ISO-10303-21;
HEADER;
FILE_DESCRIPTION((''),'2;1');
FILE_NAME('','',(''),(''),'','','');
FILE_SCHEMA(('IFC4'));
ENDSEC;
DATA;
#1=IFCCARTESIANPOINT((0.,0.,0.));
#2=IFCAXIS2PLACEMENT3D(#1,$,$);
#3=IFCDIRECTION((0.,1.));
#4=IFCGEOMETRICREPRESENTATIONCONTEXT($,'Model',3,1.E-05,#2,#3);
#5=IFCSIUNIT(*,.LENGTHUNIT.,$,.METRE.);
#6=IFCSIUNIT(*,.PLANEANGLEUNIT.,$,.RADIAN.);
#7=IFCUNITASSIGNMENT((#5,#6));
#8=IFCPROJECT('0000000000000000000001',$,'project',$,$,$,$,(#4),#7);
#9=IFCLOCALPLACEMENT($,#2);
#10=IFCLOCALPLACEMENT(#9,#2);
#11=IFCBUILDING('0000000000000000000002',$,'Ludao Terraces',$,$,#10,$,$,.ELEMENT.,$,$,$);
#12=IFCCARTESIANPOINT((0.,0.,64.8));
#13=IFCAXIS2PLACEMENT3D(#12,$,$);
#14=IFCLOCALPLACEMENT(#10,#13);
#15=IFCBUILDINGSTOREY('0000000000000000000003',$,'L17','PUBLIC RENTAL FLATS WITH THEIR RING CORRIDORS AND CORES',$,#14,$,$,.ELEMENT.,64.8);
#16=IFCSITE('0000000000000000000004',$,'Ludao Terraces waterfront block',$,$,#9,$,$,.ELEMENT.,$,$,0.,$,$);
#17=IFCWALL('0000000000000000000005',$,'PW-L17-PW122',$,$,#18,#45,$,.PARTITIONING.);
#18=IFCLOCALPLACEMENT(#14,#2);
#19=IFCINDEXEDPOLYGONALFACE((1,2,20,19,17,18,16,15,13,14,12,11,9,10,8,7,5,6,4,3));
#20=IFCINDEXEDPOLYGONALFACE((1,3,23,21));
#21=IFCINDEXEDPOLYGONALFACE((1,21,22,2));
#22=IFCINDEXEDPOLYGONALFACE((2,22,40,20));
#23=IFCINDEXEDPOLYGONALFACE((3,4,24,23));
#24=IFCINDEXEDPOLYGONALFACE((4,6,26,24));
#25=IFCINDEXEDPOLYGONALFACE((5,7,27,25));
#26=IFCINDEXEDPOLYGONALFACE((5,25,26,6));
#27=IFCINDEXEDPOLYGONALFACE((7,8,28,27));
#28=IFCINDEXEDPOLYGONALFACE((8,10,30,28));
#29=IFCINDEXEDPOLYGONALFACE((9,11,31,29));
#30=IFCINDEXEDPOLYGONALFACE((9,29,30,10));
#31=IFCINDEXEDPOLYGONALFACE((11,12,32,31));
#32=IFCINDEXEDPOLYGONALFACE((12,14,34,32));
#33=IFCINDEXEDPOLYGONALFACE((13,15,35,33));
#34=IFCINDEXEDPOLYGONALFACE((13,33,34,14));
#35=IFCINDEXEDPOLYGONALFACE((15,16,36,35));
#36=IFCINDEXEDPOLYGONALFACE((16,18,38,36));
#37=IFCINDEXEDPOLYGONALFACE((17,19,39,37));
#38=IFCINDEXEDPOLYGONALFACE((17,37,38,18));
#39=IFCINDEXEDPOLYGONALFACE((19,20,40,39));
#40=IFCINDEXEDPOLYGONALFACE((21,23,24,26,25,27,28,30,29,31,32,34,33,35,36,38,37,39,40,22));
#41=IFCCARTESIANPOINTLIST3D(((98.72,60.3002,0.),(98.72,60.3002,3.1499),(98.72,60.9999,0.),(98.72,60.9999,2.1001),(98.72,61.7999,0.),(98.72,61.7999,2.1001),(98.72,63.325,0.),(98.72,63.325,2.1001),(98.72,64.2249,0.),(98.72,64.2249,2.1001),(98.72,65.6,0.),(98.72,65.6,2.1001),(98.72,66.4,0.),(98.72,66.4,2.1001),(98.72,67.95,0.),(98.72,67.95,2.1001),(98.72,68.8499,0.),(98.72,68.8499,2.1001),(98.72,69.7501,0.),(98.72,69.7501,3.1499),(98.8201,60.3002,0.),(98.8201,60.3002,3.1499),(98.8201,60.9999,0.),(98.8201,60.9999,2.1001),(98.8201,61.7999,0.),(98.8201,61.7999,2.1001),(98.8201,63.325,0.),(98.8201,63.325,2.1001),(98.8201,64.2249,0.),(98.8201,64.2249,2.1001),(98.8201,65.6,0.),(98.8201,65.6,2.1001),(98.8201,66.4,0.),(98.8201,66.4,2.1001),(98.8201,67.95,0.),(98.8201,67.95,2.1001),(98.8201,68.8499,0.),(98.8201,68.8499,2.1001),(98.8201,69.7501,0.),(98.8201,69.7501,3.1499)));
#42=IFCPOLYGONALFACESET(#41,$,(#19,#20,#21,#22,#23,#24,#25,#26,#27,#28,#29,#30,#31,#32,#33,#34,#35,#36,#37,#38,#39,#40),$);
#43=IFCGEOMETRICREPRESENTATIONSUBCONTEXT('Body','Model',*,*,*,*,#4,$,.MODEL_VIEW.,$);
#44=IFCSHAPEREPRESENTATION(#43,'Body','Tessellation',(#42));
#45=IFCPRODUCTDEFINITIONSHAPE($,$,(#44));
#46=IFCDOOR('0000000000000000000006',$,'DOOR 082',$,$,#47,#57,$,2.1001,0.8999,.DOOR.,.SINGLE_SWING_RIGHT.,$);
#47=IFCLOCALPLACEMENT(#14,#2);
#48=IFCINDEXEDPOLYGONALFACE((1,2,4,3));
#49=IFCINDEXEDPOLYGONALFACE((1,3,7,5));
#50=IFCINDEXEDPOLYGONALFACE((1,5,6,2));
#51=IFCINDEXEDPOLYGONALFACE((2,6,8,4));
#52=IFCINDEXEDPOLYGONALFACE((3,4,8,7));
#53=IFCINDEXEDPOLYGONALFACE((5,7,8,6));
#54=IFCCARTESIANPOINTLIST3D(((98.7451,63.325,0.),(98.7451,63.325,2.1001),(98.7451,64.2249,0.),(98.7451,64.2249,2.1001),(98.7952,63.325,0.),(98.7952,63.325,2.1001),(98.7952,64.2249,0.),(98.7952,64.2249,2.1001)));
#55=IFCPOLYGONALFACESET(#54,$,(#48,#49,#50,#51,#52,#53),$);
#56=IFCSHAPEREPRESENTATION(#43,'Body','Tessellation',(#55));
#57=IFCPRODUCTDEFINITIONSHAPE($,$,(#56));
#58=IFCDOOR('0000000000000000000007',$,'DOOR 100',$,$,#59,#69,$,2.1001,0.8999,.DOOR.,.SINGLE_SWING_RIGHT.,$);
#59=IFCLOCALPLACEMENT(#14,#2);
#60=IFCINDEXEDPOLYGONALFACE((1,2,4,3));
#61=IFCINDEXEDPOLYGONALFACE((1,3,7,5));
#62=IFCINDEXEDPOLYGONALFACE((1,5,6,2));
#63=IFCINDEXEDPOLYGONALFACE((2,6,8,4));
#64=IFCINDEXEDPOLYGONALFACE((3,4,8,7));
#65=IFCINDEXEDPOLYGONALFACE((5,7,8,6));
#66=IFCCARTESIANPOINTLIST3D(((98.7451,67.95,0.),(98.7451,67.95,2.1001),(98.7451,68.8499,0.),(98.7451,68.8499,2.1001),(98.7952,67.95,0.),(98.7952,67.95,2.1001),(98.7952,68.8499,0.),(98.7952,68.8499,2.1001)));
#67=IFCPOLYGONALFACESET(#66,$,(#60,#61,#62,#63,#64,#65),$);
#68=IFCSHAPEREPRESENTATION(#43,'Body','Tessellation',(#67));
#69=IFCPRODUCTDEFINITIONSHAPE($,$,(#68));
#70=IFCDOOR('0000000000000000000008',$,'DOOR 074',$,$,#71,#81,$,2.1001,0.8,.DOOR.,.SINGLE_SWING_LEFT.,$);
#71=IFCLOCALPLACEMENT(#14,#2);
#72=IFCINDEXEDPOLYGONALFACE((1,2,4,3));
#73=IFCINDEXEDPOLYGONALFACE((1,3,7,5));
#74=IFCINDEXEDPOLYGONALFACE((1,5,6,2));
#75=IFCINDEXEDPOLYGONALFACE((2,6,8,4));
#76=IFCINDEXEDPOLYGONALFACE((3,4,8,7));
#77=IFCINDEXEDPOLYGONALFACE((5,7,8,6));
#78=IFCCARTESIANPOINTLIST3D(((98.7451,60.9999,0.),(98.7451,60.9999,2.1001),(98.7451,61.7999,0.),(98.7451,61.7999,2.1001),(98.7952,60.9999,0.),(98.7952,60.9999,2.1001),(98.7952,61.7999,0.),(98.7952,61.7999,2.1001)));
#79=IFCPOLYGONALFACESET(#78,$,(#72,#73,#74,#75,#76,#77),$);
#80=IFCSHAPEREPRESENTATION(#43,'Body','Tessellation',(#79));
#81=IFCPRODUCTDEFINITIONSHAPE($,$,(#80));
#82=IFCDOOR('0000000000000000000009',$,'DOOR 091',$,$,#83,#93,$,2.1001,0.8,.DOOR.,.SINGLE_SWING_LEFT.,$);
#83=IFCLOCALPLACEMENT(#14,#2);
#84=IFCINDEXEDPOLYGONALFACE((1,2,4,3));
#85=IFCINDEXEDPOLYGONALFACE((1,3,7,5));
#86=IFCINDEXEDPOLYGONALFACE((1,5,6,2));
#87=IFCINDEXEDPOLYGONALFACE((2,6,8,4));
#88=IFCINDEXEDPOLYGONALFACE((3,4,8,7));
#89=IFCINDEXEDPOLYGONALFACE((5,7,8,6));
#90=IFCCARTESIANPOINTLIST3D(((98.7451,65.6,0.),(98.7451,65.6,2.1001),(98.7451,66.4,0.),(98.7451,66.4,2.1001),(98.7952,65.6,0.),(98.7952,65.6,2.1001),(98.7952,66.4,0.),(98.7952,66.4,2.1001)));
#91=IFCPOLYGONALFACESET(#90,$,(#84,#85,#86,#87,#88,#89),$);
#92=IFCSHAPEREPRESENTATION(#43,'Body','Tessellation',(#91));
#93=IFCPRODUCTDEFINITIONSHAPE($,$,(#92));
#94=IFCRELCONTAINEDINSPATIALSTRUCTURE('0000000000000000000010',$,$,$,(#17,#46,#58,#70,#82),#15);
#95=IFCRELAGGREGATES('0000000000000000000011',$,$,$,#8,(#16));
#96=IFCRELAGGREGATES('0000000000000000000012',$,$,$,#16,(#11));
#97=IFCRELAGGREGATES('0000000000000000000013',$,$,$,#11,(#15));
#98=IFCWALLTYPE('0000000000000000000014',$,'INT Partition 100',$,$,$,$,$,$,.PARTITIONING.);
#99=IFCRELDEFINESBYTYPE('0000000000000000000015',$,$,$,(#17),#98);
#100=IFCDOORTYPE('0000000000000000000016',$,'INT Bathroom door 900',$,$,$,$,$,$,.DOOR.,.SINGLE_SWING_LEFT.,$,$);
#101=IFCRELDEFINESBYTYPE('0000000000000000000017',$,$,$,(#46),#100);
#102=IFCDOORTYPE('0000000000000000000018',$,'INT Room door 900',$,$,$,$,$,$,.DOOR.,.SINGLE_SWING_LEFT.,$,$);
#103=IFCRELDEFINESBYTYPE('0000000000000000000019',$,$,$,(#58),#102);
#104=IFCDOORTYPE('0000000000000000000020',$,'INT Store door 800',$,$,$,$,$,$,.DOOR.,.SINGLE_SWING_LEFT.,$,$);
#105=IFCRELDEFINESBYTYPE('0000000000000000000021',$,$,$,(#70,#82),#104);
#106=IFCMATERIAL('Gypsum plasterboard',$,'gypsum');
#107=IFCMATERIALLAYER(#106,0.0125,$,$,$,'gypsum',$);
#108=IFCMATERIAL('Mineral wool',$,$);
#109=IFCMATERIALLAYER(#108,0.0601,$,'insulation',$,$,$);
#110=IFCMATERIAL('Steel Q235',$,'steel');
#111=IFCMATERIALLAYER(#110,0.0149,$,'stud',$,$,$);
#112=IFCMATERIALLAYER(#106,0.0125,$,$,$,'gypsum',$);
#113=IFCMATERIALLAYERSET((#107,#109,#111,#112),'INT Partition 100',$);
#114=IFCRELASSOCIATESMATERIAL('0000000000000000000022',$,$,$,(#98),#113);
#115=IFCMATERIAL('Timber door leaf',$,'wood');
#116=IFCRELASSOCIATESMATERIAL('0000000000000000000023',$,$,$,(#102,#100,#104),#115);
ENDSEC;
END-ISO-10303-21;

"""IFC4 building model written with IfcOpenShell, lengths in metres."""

from ifc_helpers import new_model, si_unit, direction, frame, frame_2d, origin, place, context, subcontext, project, spatial, rectangle, extrude, material, layer, layer_set, type_object, element, fill, save


model = new_model("IFC4")

# Units and contexts
model_context = context("Model", 3, precision=1e-05, world=origin(), true_north=direction((0.0, 1.0)))
body_context = subcontext(model_context, "Body", "Model", "MODEL_VIEW")
ifc_project = project(units=[si_unit("LENGTHUNIT", "METRE"), si_unit("PLANEANGLEUNIT", "RADIAN")], contexts=[model_context])

# Site, building, storey
site_placement = place(None, origin())
site = spatial("IfcSite", under=ifc_project, at=site_placement, Name="Ludao Terraces waterfront block", CompositionType="ELEMENT", RefElevation=0.0)
building_placement = place(site_placement, origin())
building = spatial("IfcBuilding", under=site, at=building_placement, Name="Ludao Terraces", CompositionType="ELEMENT")
storey_placement = place(building_placement, frame((0.0, 0.0, 64.8)))
storey = spatial("IfcBuildingStorey", under=building, at=storey_placement, Name="L17", Description="PUBLIC RENTAL FLATS WITH THEIR RING CORRIDORS AND CORES", CompositionType="ELEMENT", Elevation=64.8)

# Shared definitions
ifc_material_1 = material(Name="Steel Q235", Category="steel")

# Shared definitions
ifc_material_2 = material(Name="Gypsum plasterboard", Category="gypsum")
ifc_layer_1 = layer(ifc_material_2, 0.0125, Category="gypsum")
ifc_material_3 = material(Name="Mineral wool")
ifc_layer_2 = layer(ifc_material_3, 0.0601, Name="insulation")
ifc_layer_3 = layer(ifc_material_1, 0.0149, Name="stud")
ifc_layer_4 = layer(ifc_material_2, 0.0125, Category="gypsum")
ifc_layer_set_1 = layer_set([ifc_layer_1, ifc_layer_2, ifc_layer_3, ifc_layer_4], Name="INT Partition 100")
wall_type_1 = type_object("IfcWallType", Name="INT Partition 100", PredefinedType="PARTITIONING", material=ifc_layer_set_1)

# Wall, openings, doors
ifc_material_4 = material(Name="Timber door leaf", Category="wood")
door_type_1 = type_object("IfcDoorType", Name="INT Room door 900", OperationType="SINGLE_SWING_LEFT", PredefinedType="DOOR", material=ifc_material_4)
wall_1_placement = place(storey_placement, frame((98.77, 60.3, 0.0), z_axis=(0.0, 0.0, 1.0), x_axis=(0.0, 1.0, 0.0)))
wall_1 = element("IfcWall", 1, at=wall_1_placement, inside=storey, type_object=wall_type_1, Name="PW-L17-PW122", PredefinedType="PARTITIONING", context=body_context, shape_type="SweptSolid", body=[
    extrude(rectangle(XDim=9.45, YDim=0.1001, at=frame_2d((4.7251, 0.0))), origin(), (0.0, 0.0, 1.0), 3.1499),
])
opening_1_placement = place(wall_1_placement, frame((0.7, 0.0, 0.0)))
opening_1 = element("IfcOpeningElement", 2, at=opening_1_placement, cuts=wall_1, PredefinedType="OPENING", context=body_context, shape_type="SweptSolid", body=[
    extrude(rectangle(XDim=0.8, YDim=2.1001, at=frame_2d((0.3999, 1.05))), frame((0.0, 0.0601, 0.0), z_axis=(0.0, -1.0, 0.0), x_axis=(1.0, 0.0, 0.0)), (0.0, 0.0, 1.0), 0.1201),
])
opening_2_placement = place(wall_1_placement, frame((3.0249, 0.0, 0.0)))
opening_2 = element("IfcOpeningElement", 3, at=opening_2_placement, cuts=wall_1, PredefinedType="OPENING", context=body_context, shape_type="SweptSolid", body=[
    extrude(rectangle(XDim=0.8999, YDim=2.1001, at=frame_2d((0.45, 1.05))), frame((0.0, 0.0601, 0.0), z_axis=(0.0, -1.0, 0.0), x_axis=(1.0, 0.0, 0.0)), (0.0, 0.0, 1.0), 0.1201),
])
opening_3_placement = place(wall_1_placement, frame((5.3, 0.0, 0.0)))
opening_3 = element("IfcOpeningElement", 4, at=opening_3_placement, cuts=wall_1, PredefinedType="OPENING", context=body_context, shape_type="SweptSolid", body=[
    extrude(rectangle(XDim=0.8, YDim=2.1001, at=frame_2d((0.3999, 1.05))), frame((0.0, 0.0601, 0.0), z_axis=(0.0, -1.0, 0.0), x_axis=(1.0, 0.0, 0.0)), (0.0, 0.0, 1.0), 0.1201),
])
opening_4_placement = place(wall_1_placement, frame((7.6499, 0.0, 0.0)))
opening_4 = element("IfcOpeningElement", 5, at=opening_4_placement, cuts=wall_1, PredefinedType="OPENING", context=body_context, shape_type="SweptSolid", body=[
    extrude(rectangle(XDim=0.8999, YDim=2.1001, at=frame_2d((0.45, 1.05))), frame((0.0, 0.0601, 0.0), z_axis=(0.0, -1.0, 0.0), x_axis=(1.0, 0.0, 0.0)), (0.0, 0.0, 1.0), 0.1201),
])
door_type_2 = type_object("IfcDoorType", Name="INT Bathroom door 900", OperationType="SINGLE_SWING_LEFT", PredefinedType="DOOR", material=ifc_material_4)
door_1_placement = place(opening_2_placement, origin())
door_1 = element("IfcDoor", 6, at=door_1_placement, inside=storey, type_object=door_type_2, Name="DOOR 082", OperationType="SINGLE_SWING_RIGHT", OverallHeight=2.1001, OverallWidth=0.8999, PredefinedType="DOOR", context=body_context, shape_type="SweptSolid", body=[
    extrude(rectangle(XDim=0.8999, YDim=2.1001, at=frame_2d((0.45, 1.05))), frame((0.0, 0.0249, 0.0), z_axis=(0.0, -1.0, 0.0), x_axis=(1.0, 0.0, 0.0)), (0.0, 0.0, 1.0), 0.05),
])
fill(opening_2, door_1)
door_2_placement = place(opening_4_placement, origin())
door_2 = element("IfcDoor", 7, at=door_2_placement, inside=storey, type_object=door_type_1, Name="DOOR 100", OperationType="SINGLE_SWING_RIGHT", OverallHeight=2.1001, OverallWidth=0.8999, PredefinedType="DOOR", context=body_context, shape_type="SweptSolid", body=[
    extrude(rectangle(XDim=0.8999, YDim=2.1001, at=frame_2d((0.45, 1.05))), frame((0.0, 0.0249, 0.0), z_axis=(0.0, -1.0, 0.0), x_axis=(1.0, 0.0, 0.0)), (0.0, 0.0, 1.0), 0.05),
])
fill(opening_4, door_2)
door_type_3 = type_object("IfcDoorType", Name="INT Store door 800", OperationType="SINGLE_SWING_LEFT", PredefinedType="DOOR", material=ifc_material_4)
door_3_placement = place(opening_1_placement, origin())
door_3 = element("IfcDoor", 8, at=door_3_placement, inside=storey, type_object=door_type_3, Name="DOOR 074", OperationType="SINGLE_SWING_LEFT", OverallHeight=2.1001, OverallWidth=0.8, PredefinedType="DOOR", context=body_context, shape_type="SweptSolid", body=[
    extrude(rectangle(XDim=0.8, YDim=2.1001, at=frame_2d((0.3999, 1.05))), frame((0.0, 0.0249, 0.0), z_axis=(0.0, -1.0, 0.0), x_axis=(1.0, 0.0, 0.0)), (0.0, 0.0, 1.0), 0.05),
])
fill(opening_1, door_3)
door_4_placement = place(opening_3_placement, origin())
door_4 = element("IfcDoor", 9, at=door_4_placement, inside=storey, type_object=door_type_3, Name="DOOR 091", OperationType="SINGLE_SWING_LEFT", OverallHeight=2.1001, OverallWidth=0.8, PredefinedType="DOOR", context=body_context, shape_type="SweptSolid", body=[
    extrude(rectangle(XDim=0.8, YDim=2.1001, at=frame_2d((0.3999, 1.05))), frame((0.0, 0.0249, 0.0), z_axis=(0.0, -1.0, 0.0), x_axis=(1.0, 0.0, 0.0)), (0.0, 0.0, 1.0), 0.05),
])
fill(opening_3, door_4)

save(model, "model.ifc")
